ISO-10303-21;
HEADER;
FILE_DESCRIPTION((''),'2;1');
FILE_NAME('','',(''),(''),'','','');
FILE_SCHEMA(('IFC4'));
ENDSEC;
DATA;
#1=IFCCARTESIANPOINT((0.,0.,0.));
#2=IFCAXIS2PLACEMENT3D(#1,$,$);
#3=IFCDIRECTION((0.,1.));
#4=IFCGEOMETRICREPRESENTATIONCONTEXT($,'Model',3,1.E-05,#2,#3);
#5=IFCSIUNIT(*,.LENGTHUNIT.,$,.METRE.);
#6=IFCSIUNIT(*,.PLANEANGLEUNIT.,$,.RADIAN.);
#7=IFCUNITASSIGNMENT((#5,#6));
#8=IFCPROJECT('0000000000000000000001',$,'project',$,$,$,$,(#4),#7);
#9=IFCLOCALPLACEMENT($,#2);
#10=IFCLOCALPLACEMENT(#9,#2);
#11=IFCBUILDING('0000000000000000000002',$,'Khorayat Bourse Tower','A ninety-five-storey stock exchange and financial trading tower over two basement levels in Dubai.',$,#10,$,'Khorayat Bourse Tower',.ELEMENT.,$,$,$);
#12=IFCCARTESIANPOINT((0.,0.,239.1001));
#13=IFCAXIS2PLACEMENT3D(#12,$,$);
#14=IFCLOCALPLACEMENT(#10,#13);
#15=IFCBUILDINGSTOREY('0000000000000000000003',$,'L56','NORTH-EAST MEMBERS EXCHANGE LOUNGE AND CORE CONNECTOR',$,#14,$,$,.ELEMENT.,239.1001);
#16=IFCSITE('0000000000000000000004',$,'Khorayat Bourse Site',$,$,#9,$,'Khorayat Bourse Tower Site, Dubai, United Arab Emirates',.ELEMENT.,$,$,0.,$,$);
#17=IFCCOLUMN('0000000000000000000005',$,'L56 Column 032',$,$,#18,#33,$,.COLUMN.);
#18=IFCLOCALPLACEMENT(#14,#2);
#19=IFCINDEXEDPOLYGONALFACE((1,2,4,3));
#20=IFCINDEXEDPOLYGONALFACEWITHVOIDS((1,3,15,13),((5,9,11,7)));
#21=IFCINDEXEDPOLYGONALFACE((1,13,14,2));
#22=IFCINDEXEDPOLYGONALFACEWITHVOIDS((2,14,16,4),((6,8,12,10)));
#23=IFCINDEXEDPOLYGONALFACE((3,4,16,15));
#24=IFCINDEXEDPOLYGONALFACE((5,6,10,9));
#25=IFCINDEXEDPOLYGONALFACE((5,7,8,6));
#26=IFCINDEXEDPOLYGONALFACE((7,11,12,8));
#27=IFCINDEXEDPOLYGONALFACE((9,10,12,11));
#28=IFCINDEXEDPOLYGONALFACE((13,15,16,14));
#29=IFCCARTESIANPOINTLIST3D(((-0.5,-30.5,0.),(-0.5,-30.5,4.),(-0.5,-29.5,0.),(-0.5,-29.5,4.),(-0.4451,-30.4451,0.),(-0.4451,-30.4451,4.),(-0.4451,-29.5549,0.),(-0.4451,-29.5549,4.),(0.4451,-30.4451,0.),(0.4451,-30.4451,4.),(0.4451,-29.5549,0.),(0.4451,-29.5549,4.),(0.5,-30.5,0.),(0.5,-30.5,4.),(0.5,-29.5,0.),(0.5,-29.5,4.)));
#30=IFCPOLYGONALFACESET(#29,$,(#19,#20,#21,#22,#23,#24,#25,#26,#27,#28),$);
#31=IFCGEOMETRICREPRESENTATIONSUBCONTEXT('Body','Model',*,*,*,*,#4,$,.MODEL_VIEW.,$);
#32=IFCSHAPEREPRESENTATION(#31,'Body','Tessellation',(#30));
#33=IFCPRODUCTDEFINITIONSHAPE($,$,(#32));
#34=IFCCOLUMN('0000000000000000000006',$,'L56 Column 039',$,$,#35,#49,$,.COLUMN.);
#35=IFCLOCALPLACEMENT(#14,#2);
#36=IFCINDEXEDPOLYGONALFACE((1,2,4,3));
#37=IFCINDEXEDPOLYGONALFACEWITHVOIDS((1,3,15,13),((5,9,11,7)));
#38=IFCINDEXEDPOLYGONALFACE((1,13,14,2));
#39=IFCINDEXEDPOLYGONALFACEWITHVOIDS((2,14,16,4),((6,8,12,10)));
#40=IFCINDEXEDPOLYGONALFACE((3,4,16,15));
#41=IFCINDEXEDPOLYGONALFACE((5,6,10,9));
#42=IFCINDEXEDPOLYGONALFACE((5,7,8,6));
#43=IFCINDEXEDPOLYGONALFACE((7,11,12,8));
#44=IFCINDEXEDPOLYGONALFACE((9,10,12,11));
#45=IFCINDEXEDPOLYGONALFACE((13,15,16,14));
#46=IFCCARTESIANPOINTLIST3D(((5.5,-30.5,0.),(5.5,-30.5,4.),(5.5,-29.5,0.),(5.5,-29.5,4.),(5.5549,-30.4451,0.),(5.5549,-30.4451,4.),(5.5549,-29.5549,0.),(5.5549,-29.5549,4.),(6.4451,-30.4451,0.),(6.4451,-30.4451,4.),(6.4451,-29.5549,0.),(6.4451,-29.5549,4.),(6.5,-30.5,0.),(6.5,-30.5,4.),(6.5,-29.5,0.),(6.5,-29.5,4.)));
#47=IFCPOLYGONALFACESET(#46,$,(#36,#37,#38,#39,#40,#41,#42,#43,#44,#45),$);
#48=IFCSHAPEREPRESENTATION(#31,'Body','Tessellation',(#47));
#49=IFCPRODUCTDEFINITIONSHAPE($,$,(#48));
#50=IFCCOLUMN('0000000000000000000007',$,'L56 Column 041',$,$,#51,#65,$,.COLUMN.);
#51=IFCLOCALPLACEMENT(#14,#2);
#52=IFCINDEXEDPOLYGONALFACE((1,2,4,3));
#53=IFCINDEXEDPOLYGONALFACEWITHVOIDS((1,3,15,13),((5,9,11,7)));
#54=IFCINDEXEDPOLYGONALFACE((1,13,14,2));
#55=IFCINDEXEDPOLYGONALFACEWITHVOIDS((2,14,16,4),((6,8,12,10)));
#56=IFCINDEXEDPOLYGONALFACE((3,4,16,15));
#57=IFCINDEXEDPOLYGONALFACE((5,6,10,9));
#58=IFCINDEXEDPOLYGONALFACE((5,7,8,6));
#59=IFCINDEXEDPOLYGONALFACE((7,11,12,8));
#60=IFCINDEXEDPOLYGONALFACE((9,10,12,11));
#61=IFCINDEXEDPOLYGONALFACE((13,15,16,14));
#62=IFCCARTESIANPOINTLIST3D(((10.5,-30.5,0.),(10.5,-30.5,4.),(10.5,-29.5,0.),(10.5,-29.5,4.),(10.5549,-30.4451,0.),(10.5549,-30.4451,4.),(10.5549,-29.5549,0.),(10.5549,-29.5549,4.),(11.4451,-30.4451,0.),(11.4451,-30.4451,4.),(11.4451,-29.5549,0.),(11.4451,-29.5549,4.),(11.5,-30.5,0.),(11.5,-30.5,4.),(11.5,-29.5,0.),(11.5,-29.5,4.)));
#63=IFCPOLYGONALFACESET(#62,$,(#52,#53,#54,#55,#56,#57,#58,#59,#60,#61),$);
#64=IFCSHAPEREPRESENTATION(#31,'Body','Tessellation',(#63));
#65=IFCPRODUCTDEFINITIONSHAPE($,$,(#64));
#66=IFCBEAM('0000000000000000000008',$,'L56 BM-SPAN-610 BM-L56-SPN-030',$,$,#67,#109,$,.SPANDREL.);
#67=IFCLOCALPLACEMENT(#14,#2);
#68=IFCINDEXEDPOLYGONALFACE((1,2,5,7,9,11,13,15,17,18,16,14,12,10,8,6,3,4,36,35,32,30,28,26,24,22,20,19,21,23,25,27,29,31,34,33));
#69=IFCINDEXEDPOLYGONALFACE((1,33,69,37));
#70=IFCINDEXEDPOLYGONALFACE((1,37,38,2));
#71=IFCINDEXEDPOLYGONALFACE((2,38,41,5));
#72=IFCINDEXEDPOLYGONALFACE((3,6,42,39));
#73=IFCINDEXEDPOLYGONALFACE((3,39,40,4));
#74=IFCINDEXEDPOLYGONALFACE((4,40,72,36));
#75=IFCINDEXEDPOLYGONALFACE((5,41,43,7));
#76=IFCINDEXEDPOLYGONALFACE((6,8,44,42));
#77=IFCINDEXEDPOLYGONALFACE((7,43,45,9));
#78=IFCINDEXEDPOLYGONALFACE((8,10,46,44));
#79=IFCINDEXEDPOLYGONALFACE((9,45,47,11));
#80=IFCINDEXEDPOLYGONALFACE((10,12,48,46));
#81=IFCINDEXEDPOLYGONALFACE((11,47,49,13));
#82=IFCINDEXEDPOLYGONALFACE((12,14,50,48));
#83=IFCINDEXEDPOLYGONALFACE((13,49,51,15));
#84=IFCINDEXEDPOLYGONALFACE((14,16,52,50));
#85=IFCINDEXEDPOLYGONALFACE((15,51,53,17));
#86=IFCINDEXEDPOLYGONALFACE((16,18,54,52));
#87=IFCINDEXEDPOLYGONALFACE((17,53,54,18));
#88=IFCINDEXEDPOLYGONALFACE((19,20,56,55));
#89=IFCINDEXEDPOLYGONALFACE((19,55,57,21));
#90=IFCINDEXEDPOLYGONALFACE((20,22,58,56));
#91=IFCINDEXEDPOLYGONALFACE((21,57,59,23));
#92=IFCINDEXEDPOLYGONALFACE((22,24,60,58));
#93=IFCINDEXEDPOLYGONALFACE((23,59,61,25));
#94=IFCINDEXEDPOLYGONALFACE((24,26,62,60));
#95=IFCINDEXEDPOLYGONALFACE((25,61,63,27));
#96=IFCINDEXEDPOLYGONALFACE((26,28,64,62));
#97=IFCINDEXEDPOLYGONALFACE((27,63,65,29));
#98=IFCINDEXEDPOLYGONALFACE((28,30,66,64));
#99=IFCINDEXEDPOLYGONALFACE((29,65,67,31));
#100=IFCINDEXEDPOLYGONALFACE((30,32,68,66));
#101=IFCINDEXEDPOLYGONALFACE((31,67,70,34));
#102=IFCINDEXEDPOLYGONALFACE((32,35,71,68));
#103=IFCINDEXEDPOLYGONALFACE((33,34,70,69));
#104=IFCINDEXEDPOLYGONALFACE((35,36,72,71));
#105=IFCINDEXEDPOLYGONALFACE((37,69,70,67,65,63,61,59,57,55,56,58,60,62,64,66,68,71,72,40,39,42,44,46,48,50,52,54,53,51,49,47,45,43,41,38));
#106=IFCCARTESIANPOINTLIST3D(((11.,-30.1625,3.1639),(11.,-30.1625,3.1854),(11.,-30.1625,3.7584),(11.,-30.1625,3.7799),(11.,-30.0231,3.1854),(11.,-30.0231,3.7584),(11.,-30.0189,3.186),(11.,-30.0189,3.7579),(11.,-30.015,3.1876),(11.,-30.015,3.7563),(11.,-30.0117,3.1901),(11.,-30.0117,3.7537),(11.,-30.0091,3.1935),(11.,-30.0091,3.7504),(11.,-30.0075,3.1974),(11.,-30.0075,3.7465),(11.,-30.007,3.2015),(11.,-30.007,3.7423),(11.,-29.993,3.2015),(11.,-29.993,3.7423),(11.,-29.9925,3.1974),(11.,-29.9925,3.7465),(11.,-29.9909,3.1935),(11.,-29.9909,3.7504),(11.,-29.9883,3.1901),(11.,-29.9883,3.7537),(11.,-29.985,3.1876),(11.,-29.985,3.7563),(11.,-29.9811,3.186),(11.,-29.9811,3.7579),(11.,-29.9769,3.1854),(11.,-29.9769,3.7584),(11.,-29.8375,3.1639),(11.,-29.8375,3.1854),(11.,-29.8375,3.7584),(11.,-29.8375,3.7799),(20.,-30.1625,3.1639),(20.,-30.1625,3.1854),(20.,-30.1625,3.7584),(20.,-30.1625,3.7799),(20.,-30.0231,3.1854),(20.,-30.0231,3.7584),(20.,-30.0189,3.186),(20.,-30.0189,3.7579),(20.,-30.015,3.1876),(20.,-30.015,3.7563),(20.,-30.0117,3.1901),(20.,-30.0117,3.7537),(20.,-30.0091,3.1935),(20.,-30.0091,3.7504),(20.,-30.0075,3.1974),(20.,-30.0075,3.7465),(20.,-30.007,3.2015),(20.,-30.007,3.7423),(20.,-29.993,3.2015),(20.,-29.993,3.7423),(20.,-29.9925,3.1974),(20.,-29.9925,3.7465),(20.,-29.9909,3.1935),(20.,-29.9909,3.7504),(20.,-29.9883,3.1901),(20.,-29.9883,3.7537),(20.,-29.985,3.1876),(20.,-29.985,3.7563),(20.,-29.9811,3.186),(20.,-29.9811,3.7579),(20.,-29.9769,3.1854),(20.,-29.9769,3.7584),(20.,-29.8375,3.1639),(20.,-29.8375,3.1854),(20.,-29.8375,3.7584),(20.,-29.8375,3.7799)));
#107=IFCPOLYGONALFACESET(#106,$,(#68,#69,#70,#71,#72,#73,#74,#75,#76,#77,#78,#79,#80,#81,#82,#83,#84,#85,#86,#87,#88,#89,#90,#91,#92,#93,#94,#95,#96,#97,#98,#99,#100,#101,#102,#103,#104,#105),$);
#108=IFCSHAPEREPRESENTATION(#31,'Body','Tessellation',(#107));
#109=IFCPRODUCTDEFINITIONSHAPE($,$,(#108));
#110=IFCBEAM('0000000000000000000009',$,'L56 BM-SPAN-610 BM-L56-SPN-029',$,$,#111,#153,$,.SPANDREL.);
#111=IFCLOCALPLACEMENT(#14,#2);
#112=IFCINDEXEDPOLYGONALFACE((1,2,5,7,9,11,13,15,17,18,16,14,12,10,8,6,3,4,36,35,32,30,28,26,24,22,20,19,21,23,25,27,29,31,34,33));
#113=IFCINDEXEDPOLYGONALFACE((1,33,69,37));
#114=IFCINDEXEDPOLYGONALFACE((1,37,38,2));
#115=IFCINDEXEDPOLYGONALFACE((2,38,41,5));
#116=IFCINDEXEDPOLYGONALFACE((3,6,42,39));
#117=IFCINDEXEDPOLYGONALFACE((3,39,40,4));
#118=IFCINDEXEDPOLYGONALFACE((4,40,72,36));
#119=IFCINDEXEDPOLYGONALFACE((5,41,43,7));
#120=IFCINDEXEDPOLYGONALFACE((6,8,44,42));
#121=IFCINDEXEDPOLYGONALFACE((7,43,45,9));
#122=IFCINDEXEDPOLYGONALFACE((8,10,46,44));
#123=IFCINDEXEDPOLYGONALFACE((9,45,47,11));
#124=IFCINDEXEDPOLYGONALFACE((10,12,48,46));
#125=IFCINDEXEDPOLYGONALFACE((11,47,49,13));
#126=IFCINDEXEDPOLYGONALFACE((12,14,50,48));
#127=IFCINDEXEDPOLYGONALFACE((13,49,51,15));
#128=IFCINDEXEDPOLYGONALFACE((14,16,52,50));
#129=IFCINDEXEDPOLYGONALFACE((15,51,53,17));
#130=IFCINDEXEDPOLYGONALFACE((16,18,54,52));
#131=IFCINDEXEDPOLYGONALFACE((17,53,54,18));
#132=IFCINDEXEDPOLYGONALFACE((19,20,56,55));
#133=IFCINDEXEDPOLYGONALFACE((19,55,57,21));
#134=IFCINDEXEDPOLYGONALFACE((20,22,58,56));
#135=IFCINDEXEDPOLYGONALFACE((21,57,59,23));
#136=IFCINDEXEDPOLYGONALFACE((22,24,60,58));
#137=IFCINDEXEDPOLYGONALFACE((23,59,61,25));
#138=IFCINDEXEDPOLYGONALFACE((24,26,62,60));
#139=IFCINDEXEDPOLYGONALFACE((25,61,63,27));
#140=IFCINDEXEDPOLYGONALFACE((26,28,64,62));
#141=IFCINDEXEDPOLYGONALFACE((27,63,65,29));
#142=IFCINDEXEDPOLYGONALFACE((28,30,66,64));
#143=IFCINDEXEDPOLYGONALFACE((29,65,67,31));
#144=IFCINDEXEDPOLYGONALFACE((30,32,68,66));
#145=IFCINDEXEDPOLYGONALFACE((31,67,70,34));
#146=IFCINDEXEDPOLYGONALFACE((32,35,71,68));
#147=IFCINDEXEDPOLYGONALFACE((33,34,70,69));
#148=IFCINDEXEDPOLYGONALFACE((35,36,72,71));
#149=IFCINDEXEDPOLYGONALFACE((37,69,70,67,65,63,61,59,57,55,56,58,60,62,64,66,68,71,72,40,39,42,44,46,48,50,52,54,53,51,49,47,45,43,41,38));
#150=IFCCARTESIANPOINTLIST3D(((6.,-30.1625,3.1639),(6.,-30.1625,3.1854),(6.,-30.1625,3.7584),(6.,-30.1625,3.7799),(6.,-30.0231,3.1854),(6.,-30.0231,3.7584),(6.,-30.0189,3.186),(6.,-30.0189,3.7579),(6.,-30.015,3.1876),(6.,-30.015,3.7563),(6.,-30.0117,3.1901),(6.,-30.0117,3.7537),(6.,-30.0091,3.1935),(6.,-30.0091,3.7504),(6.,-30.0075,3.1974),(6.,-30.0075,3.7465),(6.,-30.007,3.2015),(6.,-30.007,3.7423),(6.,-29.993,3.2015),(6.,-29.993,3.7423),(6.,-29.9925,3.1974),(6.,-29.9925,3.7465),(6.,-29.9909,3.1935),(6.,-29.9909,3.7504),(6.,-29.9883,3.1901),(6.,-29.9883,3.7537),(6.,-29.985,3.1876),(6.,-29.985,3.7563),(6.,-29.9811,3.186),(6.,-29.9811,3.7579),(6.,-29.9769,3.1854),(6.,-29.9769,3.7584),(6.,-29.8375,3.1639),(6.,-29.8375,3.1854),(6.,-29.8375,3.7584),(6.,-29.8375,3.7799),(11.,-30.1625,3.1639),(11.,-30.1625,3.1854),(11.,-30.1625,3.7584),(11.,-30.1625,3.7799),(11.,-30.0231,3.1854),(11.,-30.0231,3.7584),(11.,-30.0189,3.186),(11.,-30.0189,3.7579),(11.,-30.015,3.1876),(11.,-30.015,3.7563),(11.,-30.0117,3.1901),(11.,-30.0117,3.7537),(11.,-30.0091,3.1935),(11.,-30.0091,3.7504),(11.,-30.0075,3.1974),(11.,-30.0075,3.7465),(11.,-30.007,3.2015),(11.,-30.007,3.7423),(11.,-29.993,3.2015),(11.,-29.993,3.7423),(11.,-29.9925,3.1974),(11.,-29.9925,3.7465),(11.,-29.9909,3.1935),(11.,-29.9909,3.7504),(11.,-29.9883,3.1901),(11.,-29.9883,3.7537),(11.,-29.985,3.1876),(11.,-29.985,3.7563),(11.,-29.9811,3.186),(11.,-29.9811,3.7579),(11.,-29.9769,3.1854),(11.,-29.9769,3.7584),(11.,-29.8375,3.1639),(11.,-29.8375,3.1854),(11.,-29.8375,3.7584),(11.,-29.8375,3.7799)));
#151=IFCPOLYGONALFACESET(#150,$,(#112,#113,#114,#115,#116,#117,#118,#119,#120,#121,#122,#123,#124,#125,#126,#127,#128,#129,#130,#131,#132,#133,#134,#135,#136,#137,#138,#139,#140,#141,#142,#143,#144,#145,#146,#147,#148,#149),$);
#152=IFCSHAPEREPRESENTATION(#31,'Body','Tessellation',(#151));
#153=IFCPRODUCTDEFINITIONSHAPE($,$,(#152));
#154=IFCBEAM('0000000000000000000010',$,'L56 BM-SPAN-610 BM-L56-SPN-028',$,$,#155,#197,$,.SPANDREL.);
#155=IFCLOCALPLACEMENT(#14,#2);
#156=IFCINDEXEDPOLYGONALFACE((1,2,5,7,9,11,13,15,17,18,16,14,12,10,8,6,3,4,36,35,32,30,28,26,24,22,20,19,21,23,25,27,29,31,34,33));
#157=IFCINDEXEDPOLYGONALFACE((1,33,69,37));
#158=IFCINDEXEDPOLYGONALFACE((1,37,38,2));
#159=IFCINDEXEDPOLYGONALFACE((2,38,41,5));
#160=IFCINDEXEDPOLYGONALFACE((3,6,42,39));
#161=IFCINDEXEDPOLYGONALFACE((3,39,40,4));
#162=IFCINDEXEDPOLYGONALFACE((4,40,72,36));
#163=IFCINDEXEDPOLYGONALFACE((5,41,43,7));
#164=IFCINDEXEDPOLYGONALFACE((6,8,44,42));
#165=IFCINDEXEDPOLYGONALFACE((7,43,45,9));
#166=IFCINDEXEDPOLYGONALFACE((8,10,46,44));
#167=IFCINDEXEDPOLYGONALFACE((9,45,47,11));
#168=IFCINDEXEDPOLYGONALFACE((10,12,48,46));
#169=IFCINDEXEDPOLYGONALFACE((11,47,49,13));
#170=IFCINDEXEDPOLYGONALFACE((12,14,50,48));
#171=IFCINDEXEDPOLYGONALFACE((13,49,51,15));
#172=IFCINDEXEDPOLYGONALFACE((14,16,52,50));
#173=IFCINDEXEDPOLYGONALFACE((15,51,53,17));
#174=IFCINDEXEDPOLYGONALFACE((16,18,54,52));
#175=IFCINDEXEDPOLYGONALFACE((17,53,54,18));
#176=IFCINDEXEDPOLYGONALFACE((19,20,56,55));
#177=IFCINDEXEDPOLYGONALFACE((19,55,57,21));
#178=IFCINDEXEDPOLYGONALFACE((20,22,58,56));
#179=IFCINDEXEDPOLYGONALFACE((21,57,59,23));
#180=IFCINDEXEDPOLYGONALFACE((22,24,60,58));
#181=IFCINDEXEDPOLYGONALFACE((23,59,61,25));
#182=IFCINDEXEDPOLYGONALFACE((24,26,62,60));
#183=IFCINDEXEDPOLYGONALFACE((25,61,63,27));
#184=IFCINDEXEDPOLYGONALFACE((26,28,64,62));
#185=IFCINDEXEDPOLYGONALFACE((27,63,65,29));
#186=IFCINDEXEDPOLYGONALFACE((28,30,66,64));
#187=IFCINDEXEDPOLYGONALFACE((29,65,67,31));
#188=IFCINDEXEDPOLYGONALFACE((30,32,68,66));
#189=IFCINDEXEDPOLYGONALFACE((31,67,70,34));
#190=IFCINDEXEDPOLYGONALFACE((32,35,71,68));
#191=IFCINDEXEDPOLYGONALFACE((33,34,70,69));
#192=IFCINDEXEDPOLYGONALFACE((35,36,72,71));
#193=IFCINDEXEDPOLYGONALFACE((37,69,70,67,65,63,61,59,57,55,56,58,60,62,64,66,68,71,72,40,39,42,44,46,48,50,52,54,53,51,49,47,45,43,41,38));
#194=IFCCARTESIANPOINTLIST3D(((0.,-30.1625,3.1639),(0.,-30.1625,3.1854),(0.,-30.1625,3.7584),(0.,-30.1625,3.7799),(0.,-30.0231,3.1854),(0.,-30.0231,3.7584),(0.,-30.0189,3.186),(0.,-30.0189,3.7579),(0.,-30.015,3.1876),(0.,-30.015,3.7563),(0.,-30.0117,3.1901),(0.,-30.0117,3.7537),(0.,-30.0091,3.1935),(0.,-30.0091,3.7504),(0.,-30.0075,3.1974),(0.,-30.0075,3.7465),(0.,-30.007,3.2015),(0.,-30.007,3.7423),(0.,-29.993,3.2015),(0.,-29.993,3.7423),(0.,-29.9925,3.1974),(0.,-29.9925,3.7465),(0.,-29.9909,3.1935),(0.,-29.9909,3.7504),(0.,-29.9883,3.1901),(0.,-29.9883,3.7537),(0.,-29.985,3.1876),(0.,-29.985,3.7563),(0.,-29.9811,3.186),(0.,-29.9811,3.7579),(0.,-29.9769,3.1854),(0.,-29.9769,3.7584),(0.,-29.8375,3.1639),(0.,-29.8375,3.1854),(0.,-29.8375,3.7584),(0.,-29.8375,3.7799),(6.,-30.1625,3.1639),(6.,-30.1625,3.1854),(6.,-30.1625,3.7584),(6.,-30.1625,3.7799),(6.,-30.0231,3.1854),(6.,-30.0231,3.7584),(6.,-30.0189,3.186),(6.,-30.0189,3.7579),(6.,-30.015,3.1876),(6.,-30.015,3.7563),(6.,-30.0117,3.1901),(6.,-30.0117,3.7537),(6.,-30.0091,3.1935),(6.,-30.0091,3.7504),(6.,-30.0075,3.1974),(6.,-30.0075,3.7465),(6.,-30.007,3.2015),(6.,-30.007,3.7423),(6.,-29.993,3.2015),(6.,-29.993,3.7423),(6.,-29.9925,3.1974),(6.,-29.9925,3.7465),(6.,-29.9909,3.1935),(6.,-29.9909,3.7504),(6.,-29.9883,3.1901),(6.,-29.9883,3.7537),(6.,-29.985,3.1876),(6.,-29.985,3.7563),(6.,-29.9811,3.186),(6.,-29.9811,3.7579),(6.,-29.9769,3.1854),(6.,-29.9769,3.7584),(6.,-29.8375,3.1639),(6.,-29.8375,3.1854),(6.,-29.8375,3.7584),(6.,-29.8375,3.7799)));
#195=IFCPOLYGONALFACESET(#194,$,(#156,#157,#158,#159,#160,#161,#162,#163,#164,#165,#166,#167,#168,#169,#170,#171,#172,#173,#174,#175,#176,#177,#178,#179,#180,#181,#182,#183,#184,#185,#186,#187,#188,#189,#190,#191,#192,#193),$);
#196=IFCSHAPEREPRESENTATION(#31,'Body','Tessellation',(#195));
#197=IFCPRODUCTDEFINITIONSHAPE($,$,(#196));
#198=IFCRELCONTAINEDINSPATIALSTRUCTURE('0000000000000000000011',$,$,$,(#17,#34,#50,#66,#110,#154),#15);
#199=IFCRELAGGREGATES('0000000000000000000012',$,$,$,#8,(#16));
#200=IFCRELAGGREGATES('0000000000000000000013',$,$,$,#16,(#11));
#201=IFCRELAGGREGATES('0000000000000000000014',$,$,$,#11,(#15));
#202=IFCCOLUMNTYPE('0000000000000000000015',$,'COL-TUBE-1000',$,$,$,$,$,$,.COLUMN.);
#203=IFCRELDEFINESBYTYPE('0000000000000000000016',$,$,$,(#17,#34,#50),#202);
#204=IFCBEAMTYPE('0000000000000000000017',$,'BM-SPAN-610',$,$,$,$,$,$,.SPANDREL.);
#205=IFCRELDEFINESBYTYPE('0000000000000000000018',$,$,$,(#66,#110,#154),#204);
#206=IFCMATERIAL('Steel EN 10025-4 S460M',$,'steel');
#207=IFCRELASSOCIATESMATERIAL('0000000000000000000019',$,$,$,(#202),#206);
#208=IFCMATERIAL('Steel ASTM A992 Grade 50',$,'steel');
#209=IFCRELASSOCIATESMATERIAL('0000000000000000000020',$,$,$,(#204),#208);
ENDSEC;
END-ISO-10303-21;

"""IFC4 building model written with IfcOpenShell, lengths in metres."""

from ifc_helpers import new_model, si_unit, direction, frame, origin, origin_2d, place, context, subcontext, project, spatial, hollow_rectangle, i_section, extrude, source, transform, mapped, material, material_profile, profile_set, type_object, element, save


model = new_model("IFC4")

# Units and contexts
model_context = context("Model", 3, precision=1e-05, world=origin(), true_north=direction((0.0, 1.0)))
body_context = subcontext(model_context, "Body", "Model", "MODEL_VIEW")
ifc_project = project(units=[si_unit("LENGTHUNIT", "METRE"), si_unit("PLANEANGLEUNIT", "RADIAN")], contexts=[model_context])

# Site, building, storey
site_placement = place(None, origin())
site = spatial("IfcSite", under=ifc_project, at=site_placement, Name="Khorayat Bourse Site", LongName="Khorayat Bourse Tower Site, Dubai, United Arab Emirates", CompositionType="ELEMENT", RefElevation=0.0)
building_placement = place(site_placement, origin())
building = spatial("IfcBuilding", under=site, at=building_placement, Name="Khorayat Bourse Tower", Description="A ninety-five-storey stock exchange and financial trading tower over two basement levels in Dubai.", LongName="Khorayat Bourse Tower", CompositionType="ELEMENT")
storey_placement = place(building_placement, frame((0.0, 0.0, 239.1001)))
storey = spatial("IfcBuildingStorey", under=building, at=storey_placement, Name="L56", Description="NORTH-EAST MEMBERS EXCHANGE LOUNGE AND CORE CONNECTOR", CompositionType="ELEMENT", Elevation=239.1001)

# Columns
ifc_material_1 = material(Name="Steel EN 10025-4 S460M", Category="steel")
ifc_material_profile_1 = material_profile(ifc_material_1, hollow_rectangle(XDim=1.0, YDim=1.0, WallThickness=0.0549, at=origin_2d()), Name="BOX 1000x1000x55")
ifc_profile_set_1 = profile_set([ifc_material_profile_1], Name="Steel EN 10025-4 S460M")
column_type = type_object("IfcColumnType", Name="COL-TUBE-1000", PredefinedType="COLUMN", material=ifc_profile_set_1)
shared_shape_1 = source(origin(), body_context, "Body", "SweptSolid", [
    extrude(hollow_rectangle(XDim=1.0, YDim=1.0, WallThickness=0.0549, at=origin_2d()), origin(), (0.0, 0.0, 1.0), 4.0),
])
for number, where, z_axis, x_axis, name in (
    (1, (0.0, -30.0, 0.0), (0.0, 0.0, 1.0), (1.0, 0.0, 0.0), "L56 Column 032"),
    (2, (6.0, -30.0, 0.0), (0.0, 0.0, 1.0), (1.0, 0.0, 0.0), "L56 Column 039"),
    (3, (11.0, -30.0, 0.0), (0.0, 0.0, 1.0), (1.0, 0.0, 0.0), "L56 Column 041"),
):
    element("IfcColumn", number, at=place(storey_placement, frame(where, z_axis=z_axis, x_axis=x_axis)), inside=storey, type_object=column_type, Name=name, PredefinedType="COLUMN", context=body_context, shape_type="MappedRepresentation", body=[
        mapped(shared_shape_1, transform((0.0, 0.0, 0.0), scale=1.0)),
    ])

# Beams
ifc_material_2 = material(Name="Steel ASTM A992 Grade 50", Category="steel")
ifc_material_profile_2 = material_profile(ifc_material_2, i_section(OverallWidth=0.325, OverallDepth=0.616, WebThickness=0.0139, FlangeThickness=0.0215, FilletRadius=0.0161, at=origin_2d()), Name="W610X174")
ifc_profile_set_2 = profile_set([ifc_material_profile_2], Name="Steel ASTM A992 Grade 50")
beam_type_1 = type_object("IfcBeamType", Name="BM-SPAN-610", PredefinedType="SPANDREL", material=ifc_profile_set_2)
shared_shape_2 = source(origin(), body_context, "Body", "SweptSolid", [
    extrude(i_section(OverallWidth=0.325, OverallDepth=0.616, WebThickness=0.0139, FlangeThickness=0.0215, FilletRadius=0.0161, at=origin_2d()), origin(), (0.0, 0.0, 1.0), 9.0),
])
beam_1_placement = place(storey_placement, frame((11.0, -30.0, 3.4719), z_axis=(1.0, 0.0, 0.0), x_axis=(0.0, 1.0, 0.0)))
element("IfcBeam", 4, at=beam_1_placement, inside=storey, type_object=beam_type_1, Name="L56 BM-SPAN-610 BM-L56-SPN-030", PredefinedType="SPANDREL", context=body_context, shape_type="MappedRepresentation", body=[
    mapped(shared_shape_2, transform((0.0, 0.0, 0.0), scale=1.0)),
])
shared_shape_3 = source(origin(), body_context, "Body", "SweptSolid", [
    extrude(i_section(OverallWidth=0.325, OverallDepth=0.616, WebThickness=0.0139, FlangeThickness=0.0215, FilletRadius=0.0161, at=origin_2d()), origin(), (0.0, 0.0, 1.0), 5.0),
])
beam_2_placement = place(storey_placement, frame((6.0, -30.0, 3.4719), z_axis=(1.0, 0.0, 0.0), x_axis=(0.0, 1.0, 0.0)))
element("IfcBeam", 5, at=beam_2_placement, inside=storey, type_object=beam_type_1, Name="L56 BM-SPAN-610 BM-L56-SPN-029", PredefinedType="SPANDREL", context=body_context, shape_type="MappedRepresentation", body=[
    mapped(shared_shape_3, transform((0.0, 0.0, 0.0), scale=1.0)),
])
shared_shape_4 = source(origin(), body_context, "Body", "SweptSolid", [
    extrude(i_section(OverallWidth=0.325, OverallDepth=0.616, WebThickness=0.0139, FlangeThickness=0.0215, FilletRadius=0.0161, at=origin_2d()), origin(), (0.0, 0.0, 1.0), 6.0),
])
beam_3_placement = place(storey_placement, frame((0.0, -30.0, 3.4719), z_axis=(1.0, 0.0, 0.0), x_axis=(0.0, 1.0, 0.0)))
element("IfcBeam", 6, at=beam_3_placement, inside=storey, type_object=beam_type_1, Name="L56 BM-SPAN-610 BM-L56-SPN-028", PredefinedType="SPANDREL", context=body_context, shape_type="MappedRepresentation", body=[
    mapped(shared_shape_4, transform((0.0, 0.0, 0.0), scale=1.0)),
])

save(model, "model.ifc")
